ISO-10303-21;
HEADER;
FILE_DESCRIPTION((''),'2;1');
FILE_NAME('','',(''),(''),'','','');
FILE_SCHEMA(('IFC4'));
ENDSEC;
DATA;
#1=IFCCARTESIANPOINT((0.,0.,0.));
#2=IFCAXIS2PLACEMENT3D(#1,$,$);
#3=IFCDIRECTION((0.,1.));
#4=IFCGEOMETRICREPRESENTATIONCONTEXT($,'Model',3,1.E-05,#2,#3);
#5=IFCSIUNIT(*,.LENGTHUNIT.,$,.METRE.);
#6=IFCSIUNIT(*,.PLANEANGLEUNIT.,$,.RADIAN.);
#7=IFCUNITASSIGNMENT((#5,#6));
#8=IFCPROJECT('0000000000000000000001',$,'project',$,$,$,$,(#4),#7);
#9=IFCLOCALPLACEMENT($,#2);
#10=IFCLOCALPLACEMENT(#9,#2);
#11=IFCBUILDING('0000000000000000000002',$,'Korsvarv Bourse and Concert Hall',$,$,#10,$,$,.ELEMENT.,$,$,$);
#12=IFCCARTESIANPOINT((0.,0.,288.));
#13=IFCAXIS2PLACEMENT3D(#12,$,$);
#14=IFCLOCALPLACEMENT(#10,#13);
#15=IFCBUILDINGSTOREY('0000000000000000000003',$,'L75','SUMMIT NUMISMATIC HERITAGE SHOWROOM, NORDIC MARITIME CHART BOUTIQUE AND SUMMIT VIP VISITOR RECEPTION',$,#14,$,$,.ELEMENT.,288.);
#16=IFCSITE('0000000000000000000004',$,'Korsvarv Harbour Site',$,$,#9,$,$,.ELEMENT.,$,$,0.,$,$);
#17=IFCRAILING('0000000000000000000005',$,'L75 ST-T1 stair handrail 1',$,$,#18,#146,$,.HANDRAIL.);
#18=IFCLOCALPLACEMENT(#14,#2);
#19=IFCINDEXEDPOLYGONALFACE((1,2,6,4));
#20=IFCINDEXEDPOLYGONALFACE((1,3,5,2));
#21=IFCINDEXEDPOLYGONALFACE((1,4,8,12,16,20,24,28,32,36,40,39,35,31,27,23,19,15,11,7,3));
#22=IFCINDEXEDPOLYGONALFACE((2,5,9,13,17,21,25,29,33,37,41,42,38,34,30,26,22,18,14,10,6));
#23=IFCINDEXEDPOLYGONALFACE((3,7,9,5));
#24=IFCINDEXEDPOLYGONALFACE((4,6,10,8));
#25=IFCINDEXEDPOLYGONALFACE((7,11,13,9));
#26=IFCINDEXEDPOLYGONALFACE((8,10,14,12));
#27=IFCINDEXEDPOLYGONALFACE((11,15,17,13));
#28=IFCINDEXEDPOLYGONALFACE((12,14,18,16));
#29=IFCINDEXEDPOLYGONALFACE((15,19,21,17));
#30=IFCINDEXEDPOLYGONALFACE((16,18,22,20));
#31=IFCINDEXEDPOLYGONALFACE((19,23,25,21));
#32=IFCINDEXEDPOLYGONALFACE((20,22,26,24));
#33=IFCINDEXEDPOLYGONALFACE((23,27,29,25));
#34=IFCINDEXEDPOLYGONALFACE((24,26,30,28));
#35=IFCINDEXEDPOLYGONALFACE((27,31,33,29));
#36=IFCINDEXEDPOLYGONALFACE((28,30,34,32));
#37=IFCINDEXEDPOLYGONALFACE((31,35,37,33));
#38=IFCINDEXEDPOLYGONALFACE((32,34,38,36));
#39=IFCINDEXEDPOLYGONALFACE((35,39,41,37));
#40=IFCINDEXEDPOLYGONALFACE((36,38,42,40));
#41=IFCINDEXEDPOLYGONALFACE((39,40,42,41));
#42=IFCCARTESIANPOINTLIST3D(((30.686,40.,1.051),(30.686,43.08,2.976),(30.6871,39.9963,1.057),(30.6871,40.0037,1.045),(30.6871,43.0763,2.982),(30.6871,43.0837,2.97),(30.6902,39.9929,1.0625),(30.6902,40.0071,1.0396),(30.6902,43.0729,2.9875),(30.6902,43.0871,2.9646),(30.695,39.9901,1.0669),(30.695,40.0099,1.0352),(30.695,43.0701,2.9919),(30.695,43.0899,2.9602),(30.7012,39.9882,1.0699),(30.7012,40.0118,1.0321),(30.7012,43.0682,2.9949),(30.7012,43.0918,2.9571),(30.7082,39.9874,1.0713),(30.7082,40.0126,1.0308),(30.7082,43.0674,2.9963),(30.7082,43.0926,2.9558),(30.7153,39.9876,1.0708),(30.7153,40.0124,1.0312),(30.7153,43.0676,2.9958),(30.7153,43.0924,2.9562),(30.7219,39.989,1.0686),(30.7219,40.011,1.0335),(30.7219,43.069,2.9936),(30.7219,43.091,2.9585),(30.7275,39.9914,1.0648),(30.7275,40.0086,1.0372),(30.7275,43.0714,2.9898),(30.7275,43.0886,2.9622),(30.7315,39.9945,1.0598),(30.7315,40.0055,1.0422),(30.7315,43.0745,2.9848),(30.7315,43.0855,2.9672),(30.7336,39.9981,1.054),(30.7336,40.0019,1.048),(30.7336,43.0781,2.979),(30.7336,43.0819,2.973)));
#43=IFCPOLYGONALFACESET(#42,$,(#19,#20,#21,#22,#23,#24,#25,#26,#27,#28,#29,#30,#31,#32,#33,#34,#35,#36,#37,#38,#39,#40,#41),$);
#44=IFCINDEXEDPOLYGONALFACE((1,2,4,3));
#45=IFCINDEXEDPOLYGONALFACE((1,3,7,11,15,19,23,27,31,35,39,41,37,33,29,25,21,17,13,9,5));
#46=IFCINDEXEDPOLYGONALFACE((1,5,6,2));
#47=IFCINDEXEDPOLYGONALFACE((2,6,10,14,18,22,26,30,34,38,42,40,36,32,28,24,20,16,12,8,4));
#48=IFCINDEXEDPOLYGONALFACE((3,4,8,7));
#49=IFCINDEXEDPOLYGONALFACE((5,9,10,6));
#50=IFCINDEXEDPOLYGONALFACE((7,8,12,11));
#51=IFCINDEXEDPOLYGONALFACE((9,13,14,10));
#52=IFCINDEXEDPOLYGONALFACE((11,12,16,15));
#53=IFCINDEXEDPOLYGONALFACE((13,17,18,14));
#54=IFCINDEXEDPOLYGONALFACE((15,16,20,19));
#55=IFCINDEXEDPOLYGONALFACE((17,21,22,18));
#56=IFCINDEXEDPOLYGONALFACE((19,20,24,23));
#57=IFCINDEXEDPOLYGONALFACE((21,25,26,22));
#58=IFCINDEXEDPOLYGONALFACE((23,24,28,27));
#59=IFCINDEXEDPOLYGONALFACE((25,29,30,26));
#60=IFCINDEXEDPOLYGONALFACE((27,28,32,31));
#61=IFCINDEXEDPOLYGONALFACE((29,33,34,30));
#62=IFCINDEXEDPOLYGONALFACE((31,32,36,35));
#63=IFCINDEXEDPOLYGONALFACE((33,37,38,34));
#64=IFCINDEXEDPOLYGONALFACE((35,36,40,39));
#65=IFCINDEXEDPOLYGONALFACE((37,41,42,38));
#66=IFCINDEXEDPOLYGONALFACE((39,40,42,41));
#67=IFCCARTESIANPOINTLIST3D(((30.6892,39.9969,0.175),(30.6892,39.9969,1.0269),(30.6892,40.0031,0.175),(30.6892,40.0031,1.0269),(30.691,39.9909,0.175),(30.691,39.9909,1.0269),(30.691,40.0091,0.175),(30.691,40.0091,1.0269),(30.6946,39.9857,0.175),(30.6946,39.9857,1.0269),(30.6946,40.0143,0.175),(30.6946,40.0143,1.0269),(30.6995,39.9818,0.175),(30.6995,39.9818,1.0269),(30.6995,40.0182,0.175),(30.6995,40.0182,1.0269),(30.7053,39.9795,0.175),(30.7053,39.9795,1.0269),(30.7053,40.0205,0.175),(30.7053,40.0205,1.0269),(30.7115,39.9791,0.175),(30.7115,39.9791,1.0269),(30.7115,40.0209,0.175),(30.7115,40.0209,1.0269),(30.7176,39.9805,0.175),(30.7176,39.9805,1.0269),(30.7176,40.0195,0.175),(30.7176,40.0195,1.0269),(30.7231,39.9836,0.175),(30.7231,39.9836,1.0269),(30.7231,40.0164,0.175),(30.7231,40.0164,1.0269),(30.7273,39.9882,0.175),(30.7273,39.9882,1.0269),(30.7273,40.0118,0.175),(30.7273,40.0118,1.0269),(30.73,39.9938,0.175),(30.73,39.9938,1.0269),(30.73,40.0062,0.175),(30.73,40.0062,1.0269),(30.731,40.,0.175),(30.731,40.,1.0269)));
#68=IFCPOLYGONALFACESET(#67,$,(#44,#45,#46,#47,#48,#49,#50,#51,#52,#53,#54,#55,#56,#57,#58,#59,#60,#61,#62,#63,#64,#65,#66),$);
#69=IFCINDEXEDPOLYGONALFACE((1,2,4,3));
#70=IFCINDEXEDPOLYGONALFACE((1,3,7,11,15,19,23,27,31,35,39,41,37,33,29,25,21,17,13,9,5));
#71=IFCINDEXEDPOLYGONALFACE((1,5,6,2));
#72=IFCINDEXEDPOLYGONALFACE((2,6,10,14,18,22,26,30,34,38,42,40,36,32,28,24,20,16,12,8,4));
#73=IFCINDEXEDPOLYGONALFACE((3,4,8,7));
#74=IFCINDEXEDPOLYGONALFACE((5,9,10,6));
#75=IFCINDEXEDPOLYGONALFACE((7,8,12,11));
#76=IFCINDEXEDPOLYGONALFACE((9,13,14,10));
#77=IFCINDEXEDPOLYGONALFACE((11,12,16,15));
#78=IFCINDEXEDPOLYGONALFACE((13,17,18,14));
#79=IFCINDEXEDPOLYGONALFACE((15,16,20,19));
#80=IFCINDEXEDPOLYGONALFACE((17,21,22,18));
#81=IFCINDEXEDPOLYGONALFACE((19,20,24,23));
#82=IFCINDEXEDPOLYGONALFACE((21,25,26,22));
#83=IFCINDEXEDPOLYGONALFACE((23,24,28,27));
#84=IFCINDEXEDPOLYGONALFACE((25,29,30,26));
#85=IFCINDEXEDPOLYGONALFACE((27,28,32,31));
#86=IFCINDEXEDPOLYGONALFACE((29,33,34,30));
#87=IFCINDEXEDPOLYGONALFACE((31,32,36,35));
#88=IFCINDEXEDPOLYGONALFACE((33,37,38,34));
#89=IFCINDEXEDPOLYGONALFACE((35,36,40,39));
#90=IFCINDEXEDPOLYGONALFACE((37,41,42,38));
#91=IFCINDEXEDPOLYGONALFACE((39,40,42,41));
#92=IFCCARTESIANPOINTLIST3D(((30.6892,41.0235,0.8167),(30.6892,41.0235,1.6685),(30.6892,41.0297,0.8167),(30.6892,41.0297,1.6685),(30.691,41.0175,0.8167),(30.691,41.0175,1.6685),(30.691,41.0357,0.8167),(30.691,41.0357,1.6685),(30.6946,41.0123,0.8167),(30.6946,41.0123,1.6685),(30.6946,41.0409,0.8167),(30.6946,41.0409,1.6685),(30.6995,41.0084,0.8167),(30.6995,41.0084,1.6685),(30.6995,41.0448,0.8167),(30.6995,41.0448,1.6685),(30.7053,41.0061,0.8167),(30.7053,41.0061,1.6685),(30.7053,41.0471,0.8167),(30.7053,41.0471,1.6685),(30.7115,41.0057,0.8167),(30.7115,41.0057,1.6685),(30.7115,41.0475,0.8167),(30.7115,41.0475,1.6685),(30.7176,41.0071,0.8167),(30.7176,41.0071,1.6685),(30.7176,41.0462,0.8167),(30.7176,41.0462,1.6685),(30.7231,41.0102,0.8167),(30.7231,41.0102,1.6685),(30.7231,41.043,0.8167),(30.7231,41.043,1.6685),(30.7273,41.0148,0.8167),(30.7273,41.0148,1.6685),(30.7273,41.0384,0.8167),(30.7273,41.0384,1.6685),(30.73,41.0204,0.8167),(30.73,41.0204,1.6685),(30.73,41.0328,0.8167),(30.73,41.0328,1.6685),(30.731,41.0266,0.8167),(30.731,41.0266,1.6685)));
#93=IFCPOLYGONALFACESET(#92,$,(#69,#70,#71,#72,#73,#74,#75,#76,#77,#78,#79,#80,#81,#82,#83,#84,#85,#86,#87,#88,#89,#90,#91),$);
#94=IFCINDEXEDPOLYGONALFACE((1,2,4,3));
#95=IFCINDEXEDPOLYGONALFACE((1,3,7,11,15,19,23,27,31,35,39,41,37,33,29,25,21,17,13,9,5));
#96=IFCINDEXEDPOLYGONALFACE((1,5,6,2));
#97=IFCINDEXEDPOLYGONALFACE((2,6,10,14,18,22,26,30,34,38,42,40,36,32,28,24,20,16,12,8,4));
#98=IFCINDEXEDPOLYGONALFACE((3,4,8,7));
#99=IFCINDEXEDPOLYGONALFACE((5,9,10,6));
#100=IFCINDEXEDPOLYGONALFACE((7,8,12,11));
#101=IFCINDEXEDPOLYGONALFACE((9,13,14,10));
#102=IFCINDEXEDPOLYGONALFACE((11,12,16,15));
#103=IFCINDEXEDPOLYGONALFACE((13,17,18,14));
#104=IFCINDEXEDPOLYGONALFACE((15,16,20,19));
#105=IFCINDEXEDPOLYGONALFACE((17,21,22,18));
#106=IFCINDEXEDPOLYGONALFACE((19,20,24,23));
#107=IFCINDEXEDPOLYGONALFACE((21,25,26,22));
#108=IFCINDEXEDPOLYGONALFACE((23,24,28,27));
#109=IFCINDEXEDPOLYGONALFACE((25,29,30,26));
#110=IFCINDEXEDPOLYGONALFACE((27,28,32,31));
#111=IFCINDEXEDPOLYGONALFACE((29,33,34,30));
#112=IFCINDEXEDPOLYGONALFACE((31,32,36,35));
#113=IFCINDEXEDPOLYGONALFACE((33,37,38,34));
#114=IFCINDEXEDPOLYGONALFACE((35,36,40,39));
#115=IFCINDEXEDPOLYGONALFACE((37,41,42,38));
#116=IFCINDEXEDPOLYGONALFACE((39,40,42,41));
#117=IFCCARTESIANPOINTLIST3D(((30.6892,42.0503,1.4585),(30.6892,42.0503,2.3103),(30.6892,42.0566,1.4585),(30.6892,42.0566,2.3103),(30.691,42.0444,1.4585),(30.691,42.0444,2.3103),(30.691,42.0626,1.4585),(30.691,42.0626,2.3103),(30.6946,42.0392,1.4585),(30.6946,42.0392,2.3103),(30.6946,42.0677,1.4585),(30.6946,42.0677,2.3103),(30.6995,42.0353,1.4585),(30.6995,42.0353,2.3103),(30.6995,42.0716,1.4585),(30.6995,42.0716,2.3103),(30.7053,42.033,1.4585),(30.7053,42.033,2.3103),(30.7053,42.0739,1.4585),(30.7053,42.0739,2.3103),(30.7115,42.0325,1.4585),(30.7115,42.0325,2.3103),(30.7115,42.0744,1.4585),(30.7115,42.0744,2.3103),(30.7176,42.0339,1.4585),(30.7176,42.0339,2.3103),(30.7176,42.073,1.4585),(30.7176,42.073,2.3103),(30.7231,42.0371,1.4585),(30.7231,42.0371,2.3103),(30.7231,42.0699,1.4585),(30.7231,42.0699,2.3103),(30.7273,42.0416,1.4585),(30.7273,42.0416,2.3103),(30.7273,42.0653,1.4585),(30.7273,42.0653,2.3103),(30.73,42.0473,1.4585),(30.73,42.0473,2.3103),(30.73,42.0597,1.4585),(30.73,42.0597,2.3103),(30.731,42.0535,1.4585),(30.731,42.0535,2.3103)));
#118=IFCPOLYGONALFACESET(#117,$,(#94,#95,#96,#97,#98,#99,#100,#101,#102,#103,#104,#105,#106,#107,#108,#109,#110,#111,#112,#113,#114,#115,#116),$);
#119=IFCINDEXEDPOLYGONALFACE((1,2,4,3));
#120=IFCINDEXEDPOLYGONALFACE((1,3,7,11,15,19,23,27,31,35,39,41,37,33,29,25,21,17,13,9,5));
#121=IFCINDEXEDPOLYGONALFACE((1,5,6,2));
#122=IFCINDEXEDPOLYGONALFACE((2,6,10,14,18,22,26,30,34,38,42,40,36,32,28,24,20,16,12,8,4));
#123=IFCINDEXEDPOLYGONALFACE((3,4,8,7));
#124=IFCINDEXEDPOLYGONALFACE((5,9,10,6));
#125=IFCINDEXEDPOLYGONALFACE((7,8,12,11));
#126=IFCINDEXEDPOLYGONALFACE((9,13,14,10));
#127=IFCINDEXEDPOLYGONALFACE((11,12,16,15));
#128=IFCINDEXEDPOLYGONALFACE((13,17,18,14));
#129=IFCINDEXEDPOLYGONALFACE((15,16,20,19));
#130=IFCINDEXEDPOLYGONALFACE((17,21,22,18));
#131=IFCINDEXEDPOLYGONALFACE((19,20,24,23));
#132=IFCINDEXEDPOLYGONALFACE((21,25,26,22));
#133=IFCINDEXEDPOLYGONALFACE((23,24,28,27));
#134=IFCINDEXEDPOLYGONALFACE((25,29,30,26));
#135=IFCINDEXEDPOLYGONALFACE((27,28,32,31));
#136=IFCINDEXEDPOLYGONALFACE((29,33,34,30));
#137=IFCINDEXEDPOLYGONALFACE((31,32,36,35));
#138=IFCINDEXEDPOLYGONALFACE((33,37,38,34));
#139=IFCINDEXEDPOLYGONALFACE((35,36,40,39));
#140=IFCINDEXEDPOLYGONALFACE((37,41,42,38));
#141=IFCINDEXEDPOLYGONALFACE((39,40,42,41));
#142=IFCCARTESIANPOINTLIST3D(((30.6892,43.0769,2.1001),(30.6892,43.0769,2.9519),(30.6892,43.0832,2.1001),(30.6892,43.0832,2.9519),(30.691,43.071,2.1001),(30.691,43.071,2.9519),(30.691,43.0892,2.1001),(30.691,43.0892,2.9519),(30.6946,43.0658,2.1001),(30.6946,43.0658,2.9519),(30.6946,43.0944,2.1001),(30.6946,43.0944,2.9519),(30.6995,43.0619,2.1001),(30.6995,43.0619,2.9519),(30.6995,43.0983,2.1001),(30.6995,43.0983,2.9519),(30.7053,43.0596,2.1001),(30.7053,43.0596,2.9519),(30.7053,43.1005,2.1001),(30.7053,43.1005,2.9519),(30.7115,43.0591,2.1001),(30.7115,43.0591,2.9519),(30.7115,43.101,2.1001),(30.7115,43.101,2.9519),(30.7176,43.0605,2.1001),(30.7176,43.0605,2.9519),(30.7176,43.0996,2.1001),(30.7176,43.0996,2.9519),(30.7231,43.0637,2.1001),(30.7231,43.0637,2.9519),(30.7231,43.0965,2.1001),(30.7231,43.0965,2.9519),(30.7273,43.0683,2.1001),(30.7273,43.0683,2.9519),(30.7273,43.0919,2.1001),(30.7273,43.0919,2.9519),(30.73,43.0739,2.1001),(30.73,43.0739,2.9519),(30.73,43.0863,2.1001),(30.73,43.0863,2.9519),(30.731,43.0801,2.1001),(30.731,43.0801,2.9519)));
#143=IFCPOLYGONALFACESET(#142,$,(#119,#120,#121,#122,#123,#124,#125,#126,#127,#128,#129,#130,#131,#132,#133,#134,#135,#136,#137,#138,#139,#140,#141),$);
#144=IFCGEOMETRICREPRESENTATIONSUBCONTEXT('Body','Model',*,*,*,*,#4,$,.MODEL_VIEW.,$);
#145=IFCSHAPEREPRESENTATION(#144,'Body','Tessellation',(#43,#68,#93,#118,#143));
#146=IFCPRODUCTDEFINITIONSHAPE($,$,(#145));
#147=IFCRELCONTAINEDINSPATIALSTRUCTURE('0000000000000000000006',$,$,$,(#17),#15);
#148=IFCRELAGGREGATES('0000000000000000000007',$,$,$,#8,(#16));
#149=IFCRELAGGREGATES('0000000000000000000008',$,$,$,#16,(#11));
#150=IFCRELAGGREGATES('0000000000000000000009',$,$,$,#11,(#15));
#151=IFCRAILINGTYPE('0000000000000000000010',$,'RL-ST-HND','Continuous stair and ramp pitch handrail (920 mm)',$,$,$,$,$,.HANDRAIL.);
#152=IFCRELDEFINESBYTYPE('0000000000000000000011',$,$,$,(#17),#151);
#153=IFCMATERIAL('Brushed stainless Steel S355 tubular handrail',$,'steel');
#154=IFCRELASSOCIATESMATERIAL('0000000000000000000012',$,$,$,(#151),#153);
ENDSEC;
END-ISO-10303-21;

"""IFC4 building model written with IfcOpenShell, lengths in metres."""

from ifc_helpers import new_model, si_unit, direction, frame, origin, origin_2d, place, context, subcontext, project, spatial, circle, extrude, material, type_object, element, save


model = new_model("IFC4")

# Units and contexts
model_context = context("Model", 3, precision=1e-05, world=origin(), true_north=direction((0.0, 1.0)))
body_context = subcontext(model_context, "Body", "Model", "MODEL_VIEW")
ifc_project = project(units=[si_unit("LENGTHUNIT", "METRE"), si_unit("PLANEANGLEUNIT", "RADIAN")], contexts=[model_context])

# Site, building, storey
site_placement = place(None, origin())
site = spatial("IfcSite", under=ifc_project, at=site_placement, Name="Korsvarv Harbour Site", CompositionType="ELEMENT", RefElevation=0.0)
building_placement = place(site_placement, origin())
building = spatial("IfcBuilding", under=site, at=building_placement, Name="Korsvarv Bourse and Concert Hall", CompositionType="ELEMENT")
storey_placement = place(building_placement, frame((0.0, 0.0, 288.0)))
storey = spatial("IfcBuildingStorey", under=building, at=storey_placement, Name="L75", Description="SUMMIT NUMISMATIC HERITAGE SHOWROOM, NORDIC MARITIME CHART BOUTIQUE AND SUMMIT VIP VISITOR RECEPTION", CompositionType="ELEMENT", Elevation=288.0)

# Railing
ifc_material_1 = material(Name="Brushed stainless Steel S355 tubular handrail", Category="steel")
railing_type_1 = type_object("IfcRailingType", Name="RL-ST-HND", Description="Continuous stair and ramp pitch handrail (920 mm)", PredefinedType="HANDRAIL", material=ifc_material_1)
railing_1_placement = place(storey_placement, frame((30.71, 40.0, 0.175)))
element("IfcRailing", 1, at=railing_1_placement, inside=storey, type_object=railing_type_1, Name="L75 ST-T1 stair handrail 1", PredefinedType="HANDRAIL", context=body_context, shape_type="SweptSolid", body=[
    extrude(circle(Radius=0.0239, at=origin_2d()), frame((0.0, 0.0, 0.876), z_axis=(0.0, 0.847998, 0.529999), x_axis=(-1.0, 0.0, 0.0)), (0.0, 0.0, 1.0), 3.6321),
    extrude(circle(Radius=0.021, at=origin_2d()), origin(), (0.0, 0.0, 1.0), 0.8518),
    extrude(circle(Radius=0.021, at=origin_2d()), frame((0.0, 1.0266, 0.6416)), (0.0, 0.0, 1.0), 0.8518),
    extrude(circle(Radius=0.021, at=origin_2d()), frame((0.0, 2.0535, 1.2834)), (0.0, 0.0, 1.0), 0.8518),
    extrude(circle(Radius=0.021, at=origin_2d()), frame((0.0, 3.0801, 1.925)), (0.0, 0.0, 1.0), 0.8518),
])

save(model, "model.ifc")
